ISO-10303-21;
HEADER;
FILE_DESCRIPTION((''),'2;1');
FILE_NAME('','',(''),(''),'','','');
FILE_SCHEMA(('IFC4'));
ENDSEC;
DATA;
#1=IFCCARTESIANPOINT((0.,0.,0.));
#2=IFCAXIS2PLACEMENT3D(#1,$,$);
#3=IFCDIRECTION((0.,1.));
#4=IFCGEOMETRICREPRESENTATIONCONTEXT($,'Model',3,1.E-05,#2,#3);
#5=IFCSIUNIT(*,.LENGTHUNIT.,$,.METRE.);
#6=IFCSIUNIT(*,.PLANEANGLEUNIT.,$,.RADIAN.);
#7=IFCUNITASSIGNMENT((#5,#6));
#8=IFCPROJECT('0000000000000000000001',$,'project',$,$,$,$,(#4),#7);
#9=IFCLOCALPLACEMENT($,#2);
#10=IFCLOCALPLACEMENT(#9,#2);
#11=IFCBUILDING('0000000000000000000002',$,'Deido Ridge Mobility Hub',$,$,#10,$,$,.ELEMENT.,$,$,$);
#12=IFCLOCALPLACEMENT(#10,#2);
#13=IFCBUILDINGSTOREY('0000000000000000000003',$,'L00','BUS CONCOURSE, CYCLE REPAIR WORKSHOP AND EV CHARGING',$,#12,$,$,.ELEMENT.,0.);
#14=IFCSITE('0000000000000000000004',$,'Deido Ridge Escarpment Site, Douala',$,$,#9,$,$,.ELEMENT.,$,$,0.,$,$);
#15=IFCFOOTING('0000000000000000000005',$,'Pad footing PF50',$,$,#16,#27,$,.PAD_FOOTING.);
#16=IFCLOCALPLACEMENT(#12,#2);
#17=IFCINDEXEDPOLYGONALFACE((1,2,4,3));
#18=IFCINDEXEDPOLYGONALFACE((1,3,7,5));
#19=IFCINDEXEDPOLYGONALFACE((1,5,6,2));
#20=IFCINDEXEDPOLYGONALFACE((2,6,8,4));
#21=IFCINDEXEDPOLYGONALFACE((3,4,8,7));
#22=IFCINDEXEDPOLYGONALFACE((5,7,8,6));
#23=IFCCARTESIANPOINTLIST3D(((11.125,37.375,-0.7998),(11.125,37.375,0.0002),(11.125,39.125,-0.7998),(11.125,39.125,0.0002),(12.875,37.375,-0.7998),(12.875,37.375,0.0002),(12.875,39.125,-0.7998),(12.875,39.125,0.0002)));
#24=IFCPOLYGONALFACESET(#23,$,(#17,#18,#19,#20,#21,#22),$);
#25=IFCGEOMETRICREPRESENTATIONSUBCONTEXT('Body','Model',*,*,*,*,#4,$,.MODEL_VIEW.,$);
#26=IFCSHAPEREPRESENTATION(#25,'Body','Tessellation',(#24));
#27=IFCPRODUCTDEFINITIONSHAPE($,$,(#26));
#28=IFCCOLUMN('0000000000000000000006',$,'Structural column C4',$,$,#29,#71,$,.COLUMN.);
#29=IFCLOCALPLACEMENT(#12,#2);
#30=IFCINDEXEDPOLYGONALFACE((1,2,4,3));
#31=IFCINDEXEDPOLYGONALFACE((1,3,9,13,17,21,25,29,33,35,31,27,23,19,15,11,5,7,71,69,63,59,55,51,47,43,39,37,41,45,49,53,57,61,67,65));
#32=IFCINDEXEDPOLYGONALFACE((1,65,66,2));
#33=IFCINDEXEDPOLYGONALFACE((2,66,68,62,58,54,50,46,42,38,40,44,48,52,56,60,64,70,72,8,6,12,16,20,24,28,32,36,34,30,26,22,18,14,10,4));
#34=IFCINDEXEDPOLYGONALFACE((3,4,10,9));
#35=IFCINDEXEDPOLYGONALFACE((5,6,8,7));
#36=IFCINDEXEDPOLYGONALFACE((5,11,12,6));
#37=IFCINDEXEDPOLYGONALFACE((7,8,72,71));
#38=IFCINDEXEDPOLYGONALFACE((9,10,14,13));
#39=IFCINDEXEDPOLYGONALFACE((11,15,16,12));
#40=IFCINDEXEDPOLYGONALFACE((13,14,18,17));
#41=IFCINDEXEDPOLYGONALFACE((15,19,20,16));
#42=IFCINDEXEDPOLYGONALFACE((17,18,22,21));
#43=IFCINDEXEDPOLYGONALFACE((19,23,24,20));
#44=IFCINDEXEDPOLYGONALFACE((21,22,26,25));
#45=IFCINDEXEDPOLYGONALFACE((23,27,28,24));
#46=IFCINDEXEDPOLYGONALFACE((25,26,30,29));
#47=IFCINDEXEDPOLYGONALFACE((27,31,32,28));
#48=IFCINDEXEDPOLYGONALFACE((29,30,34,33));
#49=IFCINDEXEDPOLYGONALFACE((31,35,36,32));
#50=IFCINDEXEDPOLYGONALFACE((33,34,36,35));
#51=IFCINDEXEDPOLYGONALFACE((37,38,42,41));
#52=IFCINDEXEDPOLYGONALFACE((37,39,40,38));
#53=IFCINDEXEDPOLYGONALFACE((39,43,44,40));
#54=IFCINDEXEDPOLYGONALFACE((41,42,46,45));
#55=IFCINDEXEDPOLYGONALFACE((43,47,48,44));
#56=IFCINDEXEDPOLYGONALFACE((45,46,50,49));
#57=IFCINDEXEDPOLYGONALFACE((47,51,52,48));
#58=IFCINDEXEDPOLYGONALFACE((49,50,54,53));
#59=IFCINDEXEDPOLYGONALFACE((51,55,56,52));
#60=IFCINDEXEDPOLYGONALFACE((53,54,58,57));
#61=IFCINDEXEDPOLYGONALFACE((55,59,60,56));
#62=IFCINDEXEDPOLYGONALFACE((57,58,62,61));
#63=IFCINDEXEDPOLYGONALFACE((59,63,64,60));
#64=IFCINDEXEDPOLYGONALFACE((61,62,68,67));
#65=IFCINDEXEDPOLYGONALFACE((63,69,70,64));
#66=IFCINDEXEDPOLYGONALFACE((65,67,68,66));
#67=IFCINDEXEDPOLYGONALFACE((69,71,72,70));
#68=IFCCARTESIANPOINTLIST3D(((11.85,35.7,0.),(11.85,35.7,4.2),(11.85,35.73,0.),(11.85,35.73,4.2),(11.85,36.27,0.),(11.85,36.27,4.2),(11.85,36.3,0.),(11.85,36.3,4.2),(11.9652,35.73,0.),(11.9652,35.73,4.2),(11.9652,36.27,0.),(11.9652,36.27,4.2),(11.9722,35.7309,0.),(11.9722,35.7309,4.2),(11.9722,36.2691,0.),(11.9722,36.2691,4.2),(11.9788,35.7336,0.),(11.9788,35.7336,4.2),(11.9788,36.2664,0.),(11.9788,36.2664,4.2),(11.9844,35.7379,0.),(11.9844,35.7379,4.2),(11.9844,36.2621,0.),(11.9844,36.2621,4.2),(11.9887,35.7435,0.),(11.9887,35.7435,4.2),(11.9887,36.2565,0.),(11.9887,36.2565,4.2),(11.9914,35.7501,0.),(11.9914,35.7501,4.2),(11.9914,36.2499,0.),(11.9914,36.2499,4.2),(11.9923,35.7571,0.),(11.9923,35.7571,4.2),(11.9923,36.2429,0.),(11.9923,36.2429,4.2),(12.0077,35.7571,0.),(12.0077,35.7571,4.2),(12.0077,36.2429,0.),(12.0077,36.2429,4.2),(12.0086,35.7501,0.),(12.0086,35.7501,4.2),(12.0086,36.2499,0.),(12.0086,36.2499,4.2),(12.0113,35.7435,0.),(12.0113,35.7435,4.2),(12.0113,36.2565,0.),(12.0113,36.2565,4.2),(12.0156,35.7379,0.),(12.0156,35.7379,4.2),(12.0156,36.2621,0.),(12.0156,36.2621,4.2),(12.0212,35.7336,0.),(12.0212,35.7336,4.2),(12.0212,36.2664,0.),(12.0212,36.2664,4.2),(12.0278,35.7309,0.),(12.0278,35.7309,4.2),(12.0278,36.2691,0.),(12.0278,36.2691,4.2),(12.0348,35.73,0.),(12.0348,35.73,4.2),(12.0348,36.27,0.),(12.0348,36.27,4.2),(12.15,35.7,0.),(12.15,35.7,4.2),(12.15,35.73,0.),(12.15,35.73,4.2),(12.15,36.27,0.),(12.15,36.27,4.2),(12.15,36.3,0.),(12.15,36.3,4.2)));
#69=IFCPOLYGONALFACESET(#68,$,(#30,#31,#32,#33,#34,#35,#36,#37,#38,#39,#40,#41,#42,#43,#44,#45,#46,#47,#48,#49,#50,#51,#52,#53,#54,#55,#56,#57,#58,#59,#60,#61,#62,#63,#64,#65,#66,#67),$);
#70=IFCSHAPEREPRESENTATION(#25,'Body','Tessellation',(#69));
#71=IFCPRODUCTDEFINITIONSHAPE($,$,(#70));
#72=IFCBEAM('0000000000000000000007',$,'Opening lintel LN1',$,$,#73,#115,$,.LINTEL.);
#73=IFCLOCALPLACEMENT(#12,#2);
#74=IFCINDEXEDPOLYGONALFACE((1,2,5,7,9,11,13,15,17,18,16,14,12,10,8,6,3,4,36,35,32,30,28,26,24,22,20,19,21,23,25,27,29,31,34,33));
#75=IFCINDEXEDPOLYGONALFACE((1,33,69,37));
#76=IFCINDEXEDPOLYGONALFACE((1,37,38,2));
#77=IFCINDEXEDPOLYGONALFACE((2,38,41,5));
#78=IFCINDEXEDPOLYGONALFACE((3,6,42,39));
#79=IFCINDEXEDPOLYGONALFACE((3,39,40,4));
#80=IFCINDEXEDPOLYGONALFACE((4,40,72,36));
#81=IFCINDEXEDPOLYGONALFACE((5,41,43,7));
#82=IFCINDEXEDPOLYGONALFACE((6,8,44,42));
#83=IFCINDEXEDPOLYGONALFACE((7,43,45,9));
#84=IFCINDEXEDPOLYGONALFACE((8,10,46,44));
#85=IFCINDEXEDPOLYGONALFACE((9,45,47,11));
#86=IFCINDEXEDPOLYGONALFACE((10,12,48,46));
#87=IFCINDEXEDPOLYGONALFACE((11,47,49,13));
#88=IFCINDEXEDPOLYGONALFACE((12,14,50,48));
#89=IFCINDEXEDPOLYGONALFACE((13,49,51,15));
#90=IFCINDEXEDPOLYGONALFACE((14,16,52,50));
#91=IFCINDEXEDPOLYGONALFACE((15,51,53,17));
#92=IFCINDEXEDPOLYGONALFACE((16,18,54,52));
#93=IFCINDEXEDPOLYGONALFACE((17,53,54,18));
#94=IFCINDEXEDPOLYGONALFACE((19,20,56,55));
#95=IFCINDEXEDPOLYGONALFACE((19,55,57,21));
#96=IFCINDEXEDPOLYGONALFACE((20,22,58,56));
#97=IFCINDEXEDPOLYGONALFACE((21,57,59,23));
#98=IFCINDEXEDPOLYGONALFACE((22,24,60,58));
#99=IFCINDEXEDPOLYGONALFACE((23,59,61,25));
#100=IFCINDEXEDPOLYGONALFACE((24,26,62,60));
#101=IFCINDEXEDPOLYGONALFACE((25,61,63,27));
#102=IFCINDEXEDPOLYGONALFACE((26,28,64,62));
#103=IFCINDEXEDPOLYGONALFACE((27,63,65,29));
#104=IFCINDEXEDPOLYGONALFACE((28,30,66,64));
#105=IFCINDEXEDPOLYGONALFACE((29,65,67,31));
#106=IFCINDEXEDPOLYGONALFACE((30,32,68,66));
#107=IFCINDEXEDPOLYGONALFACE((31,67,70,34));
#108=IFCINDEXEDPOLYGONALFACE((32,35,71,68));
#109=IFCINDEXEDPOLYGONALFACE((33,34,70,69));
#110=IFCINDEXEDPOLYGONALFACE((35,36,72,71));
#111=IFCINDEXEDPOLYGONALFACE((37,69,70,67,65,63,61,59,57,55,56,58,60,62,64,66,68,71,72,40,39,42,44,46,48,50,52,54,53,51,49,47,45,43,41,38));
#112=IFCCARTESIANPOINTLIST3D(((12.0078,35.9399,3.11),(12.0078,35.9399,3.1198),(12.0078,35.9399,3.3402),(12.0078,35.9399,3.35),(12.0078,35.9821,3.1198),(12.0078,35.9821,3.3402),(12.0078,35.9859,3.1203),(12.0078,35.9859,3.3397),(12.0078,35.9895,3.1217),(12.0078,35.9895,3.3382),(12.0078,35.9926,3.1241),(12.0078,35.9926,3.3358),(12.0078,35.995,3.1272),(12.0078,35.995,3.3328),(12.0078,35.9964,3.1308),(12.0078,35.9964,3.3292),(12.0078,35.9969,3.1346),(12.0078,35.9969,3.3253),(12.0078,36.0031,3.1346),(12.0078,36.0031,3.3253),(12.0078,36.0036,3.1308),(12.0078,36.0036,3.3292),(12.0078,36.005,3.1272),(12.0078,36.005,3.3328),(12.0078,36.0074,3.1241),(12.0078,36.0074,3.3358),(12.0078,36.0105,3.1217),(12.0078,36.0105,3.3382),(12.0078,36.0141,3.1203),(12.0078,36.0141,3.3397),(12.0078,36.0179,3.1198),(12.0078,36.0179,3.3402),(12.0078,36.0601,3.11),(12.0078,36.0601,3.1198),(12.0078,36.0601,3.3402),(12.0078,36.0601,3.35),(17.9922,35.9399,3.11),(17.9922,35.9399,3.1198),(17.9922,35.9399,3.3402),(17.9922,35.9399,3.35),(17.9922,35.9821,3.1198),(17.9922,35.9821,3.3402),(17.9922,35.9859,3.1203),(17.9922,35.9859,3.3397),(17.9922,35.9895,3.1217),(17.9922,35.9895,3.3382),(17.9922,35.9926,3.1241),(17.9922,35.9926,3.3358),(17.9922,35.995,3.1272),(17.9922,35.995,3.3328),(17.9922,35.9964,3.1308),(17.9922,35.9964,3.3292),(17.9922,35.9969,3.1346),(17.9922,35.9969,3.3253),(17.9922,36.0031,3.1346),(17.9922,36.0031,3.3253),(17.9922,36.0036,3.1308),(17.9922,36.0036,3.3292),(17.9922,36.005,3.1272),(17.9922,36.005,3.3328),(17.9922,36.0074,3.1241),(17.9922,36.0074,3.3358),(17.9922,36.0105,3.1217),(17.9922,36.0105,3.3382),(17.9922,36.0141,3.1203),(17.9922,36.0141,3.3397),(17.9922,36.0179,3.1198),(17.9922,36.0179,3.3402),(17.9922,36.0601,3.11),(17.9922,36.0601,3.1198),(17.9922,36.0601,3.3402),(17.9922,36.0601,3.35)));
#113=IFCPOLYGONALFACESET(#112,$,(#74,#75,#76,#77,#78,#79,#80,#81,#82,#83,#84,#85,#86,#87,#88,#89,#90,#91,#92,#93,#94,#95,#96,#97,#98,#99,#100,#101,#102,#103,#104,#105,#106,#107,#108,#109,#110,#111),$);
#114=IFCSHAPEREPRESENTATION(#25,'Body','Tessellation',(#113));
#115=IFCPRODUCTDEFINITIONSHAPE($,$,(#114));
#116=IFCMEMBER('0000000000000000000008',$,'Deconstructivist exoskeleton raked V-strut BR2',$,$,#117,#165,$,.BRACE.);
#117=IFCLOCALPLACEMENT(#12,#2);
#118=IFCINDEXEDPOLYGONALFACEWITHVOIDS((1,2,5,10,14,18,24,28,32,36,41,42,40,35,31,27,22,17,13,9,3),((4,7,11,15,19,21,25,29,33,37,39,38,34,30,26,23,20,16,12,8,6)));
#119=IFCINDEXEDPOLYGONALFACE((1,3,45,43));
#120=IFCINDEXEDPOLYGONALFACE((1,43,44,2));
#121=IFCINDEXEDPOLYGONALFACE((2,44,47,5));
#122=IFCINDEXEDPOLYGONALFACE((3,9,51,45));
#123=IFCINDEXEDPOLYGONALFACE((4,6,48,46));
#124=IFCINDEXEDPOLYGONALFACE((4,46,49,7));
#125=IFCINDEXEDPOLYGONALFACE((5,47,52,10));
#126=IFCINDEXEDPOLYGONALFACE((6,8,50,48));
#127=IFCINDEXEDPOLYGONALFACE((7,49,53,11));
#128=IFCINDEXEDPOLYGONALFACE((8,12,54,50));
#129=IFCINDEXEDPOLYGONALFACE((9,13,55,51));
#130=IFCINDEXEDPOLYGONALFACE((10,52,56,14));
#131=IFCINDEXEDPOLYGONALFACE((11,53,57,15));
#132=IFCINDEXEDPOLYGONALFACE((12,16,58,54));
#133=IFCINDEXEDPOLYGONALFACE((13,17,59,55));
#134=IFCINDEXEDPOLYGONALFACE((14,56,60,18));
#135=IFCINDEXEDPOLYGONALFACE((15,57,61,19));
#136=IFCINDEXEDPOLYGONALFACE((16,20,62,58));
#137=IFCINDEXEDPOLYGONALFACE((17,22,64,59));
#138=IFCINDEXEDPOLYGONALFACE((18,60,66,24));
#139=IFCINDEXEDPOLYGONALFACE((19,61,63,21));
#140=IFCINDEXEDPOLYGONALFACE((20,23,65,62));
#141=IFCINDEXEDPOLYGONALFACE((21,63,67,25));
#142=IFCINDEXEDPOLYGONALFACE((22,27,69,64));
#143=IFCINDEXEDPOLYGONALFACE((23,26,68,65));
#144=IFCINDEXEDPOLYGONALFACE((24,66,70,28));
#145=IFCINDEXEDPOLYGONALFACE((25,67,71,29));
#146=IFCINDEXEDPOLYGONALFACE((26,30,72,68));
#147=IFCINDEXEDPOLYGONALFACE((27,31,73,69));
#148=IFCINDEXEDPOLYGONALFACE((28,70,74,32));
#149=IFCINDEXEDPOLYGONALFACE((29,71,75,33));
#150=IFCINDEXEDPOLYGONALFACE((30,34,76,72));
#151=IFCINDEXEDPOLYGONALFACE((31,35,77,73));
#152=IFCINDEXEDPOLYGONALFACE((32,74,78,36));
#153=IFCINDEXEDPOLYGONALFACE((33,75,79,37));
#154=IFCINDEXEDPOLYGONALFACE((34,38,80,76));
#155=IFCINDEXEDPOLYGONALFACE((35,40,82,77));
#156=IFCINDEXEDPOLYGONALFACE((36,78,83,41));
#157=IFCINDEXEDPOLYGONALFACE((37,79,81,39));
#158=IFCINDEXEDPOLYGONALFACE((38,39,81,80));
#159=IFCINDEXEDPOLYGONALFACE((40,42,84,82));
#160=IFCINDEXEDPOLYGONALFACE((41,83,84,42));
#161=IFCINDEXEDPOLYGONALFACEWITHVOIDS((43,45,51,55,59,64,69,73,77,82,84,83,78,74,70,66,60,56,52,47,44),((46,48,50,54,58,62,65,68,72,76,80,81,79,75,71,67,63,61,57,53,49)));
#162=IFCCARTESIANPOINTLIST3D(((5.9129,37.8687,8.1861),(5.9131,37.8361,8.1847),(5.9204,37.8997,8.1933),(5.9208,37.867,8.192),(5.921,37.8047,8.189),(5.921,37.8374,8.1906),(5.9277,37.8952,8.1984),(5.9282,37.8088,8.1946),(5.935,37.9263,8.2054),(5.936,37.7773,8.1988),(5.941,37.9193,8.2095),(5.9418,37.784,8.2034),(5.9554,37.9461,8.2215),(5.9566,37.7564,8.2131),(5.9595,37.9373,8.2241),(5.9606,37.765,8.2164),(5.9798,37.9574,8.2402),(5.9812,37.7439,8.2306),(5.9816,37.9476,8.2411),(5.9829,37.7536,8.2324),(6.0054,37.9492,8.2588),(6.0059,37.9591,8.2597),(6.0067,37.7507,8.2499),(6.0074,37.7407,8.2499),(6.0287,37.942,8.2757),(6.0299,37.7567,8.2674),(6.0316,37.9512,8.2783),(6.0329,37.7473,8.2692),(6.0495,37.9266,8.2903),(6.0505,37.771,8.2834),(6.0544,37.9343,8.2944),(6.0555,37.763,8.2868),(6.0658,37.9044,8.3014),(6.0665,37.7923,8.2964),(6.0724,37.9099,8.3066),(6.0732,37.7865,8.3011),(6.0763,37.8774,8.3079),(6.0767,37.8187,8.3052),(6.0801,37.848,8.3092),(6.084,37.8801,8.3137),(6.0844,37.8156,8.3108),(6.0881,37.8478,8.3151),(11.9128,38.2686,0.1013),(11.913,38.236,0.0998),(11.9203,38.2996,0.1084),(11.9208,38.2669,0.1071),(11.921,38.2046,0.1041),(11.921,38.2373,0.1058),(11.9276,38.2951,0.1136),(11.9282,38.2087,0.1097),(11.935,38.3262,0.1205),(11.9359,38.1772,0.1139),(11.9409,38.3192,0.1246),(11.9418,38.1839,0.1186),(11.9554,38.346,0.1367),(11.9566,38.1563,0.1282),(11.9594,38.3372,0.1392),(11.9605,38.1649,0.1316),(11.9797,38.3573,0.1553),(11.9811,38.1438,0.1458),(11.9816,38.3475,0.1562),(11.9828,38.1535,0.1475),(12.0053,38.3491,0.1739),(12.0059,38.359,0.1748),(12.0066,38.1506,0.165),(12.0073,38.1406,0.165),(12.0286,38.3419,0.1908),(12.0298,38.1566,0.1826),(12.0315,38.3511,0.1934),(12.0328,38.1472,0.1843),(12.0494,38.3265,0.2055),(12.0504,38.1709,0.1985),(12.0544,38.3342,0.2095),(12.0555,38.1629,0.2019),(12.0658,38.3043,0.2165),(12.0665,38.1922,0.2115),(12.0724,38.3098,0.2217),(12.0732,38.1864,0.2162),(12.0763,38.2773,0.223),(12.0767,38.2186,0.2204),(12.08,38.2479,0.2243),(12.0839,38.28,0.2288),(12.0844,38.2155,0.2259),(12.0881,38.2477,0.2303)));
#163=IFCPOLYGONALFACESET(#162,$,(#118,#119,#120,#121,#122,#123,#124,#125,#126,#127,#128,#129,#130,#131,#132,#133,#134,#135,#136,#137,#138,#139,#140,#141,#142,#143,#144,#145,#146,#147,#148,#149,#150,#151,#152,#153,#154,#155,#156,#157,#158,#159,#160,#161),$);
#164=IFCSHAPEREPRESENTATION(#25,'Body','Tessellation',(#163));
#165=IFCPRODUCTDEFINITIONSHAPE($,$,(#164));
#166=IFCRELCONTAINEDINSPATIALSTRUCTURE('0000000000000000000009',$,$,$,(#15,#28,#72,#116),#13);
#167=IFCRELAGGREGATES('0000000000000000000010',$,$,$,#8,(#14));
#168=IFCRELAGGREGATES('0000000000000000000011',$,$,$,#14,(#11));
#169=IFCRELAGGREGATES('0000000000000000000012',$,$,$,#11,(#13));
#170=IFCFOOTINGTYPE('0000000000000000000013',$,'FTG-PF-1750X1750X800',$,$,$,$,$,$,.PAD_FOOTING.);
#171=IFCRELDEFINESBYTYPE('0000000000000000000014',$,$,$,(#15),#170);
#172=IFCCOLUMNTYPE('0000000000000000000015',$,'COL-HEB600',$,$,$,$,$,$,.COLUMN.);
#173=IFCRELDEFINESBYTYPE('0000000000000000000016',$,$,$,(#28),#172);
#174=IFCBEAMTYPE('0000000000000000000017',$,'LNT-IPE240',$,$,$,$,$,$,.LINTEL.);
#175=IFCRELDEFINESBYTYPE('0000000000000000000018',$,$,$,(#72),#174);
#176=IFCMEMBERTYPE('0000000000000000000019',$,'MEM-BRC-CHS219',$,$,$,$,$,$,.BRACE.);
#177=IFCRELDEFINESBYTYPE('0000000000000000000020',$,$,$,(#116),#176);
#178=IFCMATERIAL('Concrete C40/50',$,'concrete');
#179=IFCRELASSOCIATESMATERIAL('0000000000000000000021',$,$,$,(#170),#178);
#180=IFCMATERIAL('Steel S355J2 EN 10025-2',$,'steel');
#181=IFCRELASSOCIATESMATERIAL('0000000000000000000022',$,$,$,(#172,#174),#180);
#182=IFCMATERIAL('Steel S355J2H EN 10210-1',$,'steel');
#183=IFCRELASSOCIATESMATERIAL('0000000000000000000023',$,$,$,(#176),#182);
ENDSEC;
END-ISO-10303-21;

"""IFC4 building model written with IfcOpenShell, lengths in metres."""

from ifc_helpers import new_model, si_unit, direction, frame, origin, origin_2d, place, context, subcontext, project, spatial, rectangle, hollow_circle, i_section, extrude, material, material_profile, profile_set, type_object, element, save


model = new_model("IFC4")

# Units and contexts
model_context = context("Model", 3, precision=1e-05, world=origin(), true_north=direction((0.0, 1.0)))
body_context = subcontext(model_context, "Body", "Model", "MODEL_VIEW")
ifc_project = project(units=[si_unit("LENGTHUNIT", "METRE"), si_unit("PLANEANGLEUNIT", "RADIAN")], contexts=[model_context])

# Site, building, storey
site_placement = place(None, origin())
site = spatial("IfcSite", under=ifc_project, at=site_placement, Name="Deido Ridge Escarpment Site, Douala", CompositionType="ELEMENT", RefElevation=0.0)
building_placement = place(site_placement, origin())
building = spatial("IfcBuilding", under=site, at=building_placement, Name="Deido Ridge Mobility Hub", CompositionType="ELEMENT")
storey_placement = place(building_placement, origin())
storey = spatial("IfcBuildingStorey", under=building, at=storey_placement, Name="L00", Description="BUS CONCOURSE, CYCLE REPAIR WORKSHOP AND EV CHARGING", CompositionType="ELEMENT", Elevation=0.0)

# Footing
ifc_material_1 = material(Name="Concrete C40/50", Category="concrete")
footing_type = type_object("IfcFootingType", Name="FTG-PF-1750X1750X800", PredefinedType="PAD_FOOTING", material=ifc_material_1)
footing_placement = place(storey_placement, frame((12.0, 38.25, -0.7998), z_axis=(0.0, 0.0, 1.0), x_axis=(1.0, 0.0, 0.0)))
element("IfcFooting", 1, at=footing_placement, inside=storey, type_object=footing_type, Name="Pad footing PF50", PredefinedType="PAD_FOOTING", context=body_context, shape_type="SweptSolid", body=[
    extrude(rectangle(XDim=1.75, YDim=1.75, at=origin_2d()), origin(), (0.0, 0.0, 1.0), 0.8),
])

# Column
ifc_material_2 = material(Name="Steel S355J2 EN 10025-2", Category="steel")
ifc_material_profile_1 = material_profile(ifc_material_2, i_section(OverallWidth=0.3, OverallDepth=0.6001, WebThickness=0.0154, FlangeThickness=0.03, FilletRadius=0.0271, at=origin_2d()), Name="HEB 600")
ifc_profile_set_1 = profile_set([ifc_material_profile_1], Name="Steel S355J2 EN 10025-2")
column_type = type_object("IfcColumnType", Name="COL-HEB600", PredefinedType="COLUMN", material=ifc_profile_set_1)
column_placement = place(storey_placement, frame((12.0, 36.0, 0.0), z_axis=(0.0, 0.0, 1.0), x_axis=(1.0, 0.0, 0.0)))
element("IfcColumn", 2, at=column_placement, inside=storey, type_object=column_type, Name="Structural column C4", PredefinedType="COLUMN", context=body_context, shape_type="SweptSolid", body=[
    extrude(i_section(OverallWidth=0.3, OverallDepth=0.6001, WebThickness=0.0154, FlangeThickness=0.03, FilletRadius=0.0271, at=origin_2d()), origin(), (0.0, 0.0, 1.0), 4.2),
])

# Beam
ifc_material_profile_2 = material_profile(ifc_material_2, i_section(OverallWidth=0.1201, OverallDepth=0.24, WebThickness=0.0061, FlangeThickness=0.0098, FilletRadius=0.0149, at=origin_2d()), Name="IPE 240")
ifc_profile_set_2 = profile_set([ifc_material_profile_2], Name="Steel S355J2 EN 10025-2")
beam_type_1 = type_object("IfcBeamType", Name="LNT-IPE240", PredefinedType="LINTEL", material=ifc_profile_set_2)
beam_1_placement = place(storey_placement, frame((12.0078, 36.0, 3.23), z_axis=(1.0, 0.0, 0.0), x_axis=(0.0, 1.0, 0.0)))
element("IfcBeam", 3, at=beam_1_placement, inside=storey, type_object=beam_type_1, Name="Opening lintel LN1", PredefinedType="LINTEL", context=body_context, shape_type="SweptSolid", body=[
    extrude(i_section(OverallWidth=0.1201, OverallDepth=0.24, WebThickness=0.0061, FlangeThickness=0.0098, FilletRadius=0.0149, at=origin_2d()), origin(), (0.0, 0.0, 1.0), 5.9844),
])

# Member
ifc_material_3 = material(Name="Steel S355J2H EN 10210-1", Category="steel")
ifc_material_profile_3 = material_profile(ifc_material_3, hollow_circle(Radius=0.1096, WallThickness=0.01, at=origin_2d()), Name="CHS 219.1x10")
ifc_profile_set_3 = profile_set([ifc_material_profile_3], Name="Steel S355J2H EN 10210-1")
member_type_1 = type_object("IfcMemberType", Name="MEM-BRC-CHS219", PredefinedType="BRACE", material=ifc_profile_set_3)
for number, where, z_axis, x_axis, name in (
    (4, (12.0, 38.25, 0.165), (-0.595472, -0.039688, 0.802395), (0.066503, -0.997786, 0.0), "Deconstructivist exoskeleton raked V-strut BR2"),
):
    element("IfcMember", number, at=place(storey_placement, frame(where, z_axis=z_axis, x_axis=x_axis)), inside=storey, type_object=member_type_1, Name=name, PredefinedType="BRACE", context=body_context, shape_type="SweptSolid", body=[
        extrude(hollow_circle(Radius=0.1096, WallThickness=0.01, at=origin_2d()), origin(), (0.0, 0.0, 1.0), 10.0759),
    ])

save(model, "model.ifc")
